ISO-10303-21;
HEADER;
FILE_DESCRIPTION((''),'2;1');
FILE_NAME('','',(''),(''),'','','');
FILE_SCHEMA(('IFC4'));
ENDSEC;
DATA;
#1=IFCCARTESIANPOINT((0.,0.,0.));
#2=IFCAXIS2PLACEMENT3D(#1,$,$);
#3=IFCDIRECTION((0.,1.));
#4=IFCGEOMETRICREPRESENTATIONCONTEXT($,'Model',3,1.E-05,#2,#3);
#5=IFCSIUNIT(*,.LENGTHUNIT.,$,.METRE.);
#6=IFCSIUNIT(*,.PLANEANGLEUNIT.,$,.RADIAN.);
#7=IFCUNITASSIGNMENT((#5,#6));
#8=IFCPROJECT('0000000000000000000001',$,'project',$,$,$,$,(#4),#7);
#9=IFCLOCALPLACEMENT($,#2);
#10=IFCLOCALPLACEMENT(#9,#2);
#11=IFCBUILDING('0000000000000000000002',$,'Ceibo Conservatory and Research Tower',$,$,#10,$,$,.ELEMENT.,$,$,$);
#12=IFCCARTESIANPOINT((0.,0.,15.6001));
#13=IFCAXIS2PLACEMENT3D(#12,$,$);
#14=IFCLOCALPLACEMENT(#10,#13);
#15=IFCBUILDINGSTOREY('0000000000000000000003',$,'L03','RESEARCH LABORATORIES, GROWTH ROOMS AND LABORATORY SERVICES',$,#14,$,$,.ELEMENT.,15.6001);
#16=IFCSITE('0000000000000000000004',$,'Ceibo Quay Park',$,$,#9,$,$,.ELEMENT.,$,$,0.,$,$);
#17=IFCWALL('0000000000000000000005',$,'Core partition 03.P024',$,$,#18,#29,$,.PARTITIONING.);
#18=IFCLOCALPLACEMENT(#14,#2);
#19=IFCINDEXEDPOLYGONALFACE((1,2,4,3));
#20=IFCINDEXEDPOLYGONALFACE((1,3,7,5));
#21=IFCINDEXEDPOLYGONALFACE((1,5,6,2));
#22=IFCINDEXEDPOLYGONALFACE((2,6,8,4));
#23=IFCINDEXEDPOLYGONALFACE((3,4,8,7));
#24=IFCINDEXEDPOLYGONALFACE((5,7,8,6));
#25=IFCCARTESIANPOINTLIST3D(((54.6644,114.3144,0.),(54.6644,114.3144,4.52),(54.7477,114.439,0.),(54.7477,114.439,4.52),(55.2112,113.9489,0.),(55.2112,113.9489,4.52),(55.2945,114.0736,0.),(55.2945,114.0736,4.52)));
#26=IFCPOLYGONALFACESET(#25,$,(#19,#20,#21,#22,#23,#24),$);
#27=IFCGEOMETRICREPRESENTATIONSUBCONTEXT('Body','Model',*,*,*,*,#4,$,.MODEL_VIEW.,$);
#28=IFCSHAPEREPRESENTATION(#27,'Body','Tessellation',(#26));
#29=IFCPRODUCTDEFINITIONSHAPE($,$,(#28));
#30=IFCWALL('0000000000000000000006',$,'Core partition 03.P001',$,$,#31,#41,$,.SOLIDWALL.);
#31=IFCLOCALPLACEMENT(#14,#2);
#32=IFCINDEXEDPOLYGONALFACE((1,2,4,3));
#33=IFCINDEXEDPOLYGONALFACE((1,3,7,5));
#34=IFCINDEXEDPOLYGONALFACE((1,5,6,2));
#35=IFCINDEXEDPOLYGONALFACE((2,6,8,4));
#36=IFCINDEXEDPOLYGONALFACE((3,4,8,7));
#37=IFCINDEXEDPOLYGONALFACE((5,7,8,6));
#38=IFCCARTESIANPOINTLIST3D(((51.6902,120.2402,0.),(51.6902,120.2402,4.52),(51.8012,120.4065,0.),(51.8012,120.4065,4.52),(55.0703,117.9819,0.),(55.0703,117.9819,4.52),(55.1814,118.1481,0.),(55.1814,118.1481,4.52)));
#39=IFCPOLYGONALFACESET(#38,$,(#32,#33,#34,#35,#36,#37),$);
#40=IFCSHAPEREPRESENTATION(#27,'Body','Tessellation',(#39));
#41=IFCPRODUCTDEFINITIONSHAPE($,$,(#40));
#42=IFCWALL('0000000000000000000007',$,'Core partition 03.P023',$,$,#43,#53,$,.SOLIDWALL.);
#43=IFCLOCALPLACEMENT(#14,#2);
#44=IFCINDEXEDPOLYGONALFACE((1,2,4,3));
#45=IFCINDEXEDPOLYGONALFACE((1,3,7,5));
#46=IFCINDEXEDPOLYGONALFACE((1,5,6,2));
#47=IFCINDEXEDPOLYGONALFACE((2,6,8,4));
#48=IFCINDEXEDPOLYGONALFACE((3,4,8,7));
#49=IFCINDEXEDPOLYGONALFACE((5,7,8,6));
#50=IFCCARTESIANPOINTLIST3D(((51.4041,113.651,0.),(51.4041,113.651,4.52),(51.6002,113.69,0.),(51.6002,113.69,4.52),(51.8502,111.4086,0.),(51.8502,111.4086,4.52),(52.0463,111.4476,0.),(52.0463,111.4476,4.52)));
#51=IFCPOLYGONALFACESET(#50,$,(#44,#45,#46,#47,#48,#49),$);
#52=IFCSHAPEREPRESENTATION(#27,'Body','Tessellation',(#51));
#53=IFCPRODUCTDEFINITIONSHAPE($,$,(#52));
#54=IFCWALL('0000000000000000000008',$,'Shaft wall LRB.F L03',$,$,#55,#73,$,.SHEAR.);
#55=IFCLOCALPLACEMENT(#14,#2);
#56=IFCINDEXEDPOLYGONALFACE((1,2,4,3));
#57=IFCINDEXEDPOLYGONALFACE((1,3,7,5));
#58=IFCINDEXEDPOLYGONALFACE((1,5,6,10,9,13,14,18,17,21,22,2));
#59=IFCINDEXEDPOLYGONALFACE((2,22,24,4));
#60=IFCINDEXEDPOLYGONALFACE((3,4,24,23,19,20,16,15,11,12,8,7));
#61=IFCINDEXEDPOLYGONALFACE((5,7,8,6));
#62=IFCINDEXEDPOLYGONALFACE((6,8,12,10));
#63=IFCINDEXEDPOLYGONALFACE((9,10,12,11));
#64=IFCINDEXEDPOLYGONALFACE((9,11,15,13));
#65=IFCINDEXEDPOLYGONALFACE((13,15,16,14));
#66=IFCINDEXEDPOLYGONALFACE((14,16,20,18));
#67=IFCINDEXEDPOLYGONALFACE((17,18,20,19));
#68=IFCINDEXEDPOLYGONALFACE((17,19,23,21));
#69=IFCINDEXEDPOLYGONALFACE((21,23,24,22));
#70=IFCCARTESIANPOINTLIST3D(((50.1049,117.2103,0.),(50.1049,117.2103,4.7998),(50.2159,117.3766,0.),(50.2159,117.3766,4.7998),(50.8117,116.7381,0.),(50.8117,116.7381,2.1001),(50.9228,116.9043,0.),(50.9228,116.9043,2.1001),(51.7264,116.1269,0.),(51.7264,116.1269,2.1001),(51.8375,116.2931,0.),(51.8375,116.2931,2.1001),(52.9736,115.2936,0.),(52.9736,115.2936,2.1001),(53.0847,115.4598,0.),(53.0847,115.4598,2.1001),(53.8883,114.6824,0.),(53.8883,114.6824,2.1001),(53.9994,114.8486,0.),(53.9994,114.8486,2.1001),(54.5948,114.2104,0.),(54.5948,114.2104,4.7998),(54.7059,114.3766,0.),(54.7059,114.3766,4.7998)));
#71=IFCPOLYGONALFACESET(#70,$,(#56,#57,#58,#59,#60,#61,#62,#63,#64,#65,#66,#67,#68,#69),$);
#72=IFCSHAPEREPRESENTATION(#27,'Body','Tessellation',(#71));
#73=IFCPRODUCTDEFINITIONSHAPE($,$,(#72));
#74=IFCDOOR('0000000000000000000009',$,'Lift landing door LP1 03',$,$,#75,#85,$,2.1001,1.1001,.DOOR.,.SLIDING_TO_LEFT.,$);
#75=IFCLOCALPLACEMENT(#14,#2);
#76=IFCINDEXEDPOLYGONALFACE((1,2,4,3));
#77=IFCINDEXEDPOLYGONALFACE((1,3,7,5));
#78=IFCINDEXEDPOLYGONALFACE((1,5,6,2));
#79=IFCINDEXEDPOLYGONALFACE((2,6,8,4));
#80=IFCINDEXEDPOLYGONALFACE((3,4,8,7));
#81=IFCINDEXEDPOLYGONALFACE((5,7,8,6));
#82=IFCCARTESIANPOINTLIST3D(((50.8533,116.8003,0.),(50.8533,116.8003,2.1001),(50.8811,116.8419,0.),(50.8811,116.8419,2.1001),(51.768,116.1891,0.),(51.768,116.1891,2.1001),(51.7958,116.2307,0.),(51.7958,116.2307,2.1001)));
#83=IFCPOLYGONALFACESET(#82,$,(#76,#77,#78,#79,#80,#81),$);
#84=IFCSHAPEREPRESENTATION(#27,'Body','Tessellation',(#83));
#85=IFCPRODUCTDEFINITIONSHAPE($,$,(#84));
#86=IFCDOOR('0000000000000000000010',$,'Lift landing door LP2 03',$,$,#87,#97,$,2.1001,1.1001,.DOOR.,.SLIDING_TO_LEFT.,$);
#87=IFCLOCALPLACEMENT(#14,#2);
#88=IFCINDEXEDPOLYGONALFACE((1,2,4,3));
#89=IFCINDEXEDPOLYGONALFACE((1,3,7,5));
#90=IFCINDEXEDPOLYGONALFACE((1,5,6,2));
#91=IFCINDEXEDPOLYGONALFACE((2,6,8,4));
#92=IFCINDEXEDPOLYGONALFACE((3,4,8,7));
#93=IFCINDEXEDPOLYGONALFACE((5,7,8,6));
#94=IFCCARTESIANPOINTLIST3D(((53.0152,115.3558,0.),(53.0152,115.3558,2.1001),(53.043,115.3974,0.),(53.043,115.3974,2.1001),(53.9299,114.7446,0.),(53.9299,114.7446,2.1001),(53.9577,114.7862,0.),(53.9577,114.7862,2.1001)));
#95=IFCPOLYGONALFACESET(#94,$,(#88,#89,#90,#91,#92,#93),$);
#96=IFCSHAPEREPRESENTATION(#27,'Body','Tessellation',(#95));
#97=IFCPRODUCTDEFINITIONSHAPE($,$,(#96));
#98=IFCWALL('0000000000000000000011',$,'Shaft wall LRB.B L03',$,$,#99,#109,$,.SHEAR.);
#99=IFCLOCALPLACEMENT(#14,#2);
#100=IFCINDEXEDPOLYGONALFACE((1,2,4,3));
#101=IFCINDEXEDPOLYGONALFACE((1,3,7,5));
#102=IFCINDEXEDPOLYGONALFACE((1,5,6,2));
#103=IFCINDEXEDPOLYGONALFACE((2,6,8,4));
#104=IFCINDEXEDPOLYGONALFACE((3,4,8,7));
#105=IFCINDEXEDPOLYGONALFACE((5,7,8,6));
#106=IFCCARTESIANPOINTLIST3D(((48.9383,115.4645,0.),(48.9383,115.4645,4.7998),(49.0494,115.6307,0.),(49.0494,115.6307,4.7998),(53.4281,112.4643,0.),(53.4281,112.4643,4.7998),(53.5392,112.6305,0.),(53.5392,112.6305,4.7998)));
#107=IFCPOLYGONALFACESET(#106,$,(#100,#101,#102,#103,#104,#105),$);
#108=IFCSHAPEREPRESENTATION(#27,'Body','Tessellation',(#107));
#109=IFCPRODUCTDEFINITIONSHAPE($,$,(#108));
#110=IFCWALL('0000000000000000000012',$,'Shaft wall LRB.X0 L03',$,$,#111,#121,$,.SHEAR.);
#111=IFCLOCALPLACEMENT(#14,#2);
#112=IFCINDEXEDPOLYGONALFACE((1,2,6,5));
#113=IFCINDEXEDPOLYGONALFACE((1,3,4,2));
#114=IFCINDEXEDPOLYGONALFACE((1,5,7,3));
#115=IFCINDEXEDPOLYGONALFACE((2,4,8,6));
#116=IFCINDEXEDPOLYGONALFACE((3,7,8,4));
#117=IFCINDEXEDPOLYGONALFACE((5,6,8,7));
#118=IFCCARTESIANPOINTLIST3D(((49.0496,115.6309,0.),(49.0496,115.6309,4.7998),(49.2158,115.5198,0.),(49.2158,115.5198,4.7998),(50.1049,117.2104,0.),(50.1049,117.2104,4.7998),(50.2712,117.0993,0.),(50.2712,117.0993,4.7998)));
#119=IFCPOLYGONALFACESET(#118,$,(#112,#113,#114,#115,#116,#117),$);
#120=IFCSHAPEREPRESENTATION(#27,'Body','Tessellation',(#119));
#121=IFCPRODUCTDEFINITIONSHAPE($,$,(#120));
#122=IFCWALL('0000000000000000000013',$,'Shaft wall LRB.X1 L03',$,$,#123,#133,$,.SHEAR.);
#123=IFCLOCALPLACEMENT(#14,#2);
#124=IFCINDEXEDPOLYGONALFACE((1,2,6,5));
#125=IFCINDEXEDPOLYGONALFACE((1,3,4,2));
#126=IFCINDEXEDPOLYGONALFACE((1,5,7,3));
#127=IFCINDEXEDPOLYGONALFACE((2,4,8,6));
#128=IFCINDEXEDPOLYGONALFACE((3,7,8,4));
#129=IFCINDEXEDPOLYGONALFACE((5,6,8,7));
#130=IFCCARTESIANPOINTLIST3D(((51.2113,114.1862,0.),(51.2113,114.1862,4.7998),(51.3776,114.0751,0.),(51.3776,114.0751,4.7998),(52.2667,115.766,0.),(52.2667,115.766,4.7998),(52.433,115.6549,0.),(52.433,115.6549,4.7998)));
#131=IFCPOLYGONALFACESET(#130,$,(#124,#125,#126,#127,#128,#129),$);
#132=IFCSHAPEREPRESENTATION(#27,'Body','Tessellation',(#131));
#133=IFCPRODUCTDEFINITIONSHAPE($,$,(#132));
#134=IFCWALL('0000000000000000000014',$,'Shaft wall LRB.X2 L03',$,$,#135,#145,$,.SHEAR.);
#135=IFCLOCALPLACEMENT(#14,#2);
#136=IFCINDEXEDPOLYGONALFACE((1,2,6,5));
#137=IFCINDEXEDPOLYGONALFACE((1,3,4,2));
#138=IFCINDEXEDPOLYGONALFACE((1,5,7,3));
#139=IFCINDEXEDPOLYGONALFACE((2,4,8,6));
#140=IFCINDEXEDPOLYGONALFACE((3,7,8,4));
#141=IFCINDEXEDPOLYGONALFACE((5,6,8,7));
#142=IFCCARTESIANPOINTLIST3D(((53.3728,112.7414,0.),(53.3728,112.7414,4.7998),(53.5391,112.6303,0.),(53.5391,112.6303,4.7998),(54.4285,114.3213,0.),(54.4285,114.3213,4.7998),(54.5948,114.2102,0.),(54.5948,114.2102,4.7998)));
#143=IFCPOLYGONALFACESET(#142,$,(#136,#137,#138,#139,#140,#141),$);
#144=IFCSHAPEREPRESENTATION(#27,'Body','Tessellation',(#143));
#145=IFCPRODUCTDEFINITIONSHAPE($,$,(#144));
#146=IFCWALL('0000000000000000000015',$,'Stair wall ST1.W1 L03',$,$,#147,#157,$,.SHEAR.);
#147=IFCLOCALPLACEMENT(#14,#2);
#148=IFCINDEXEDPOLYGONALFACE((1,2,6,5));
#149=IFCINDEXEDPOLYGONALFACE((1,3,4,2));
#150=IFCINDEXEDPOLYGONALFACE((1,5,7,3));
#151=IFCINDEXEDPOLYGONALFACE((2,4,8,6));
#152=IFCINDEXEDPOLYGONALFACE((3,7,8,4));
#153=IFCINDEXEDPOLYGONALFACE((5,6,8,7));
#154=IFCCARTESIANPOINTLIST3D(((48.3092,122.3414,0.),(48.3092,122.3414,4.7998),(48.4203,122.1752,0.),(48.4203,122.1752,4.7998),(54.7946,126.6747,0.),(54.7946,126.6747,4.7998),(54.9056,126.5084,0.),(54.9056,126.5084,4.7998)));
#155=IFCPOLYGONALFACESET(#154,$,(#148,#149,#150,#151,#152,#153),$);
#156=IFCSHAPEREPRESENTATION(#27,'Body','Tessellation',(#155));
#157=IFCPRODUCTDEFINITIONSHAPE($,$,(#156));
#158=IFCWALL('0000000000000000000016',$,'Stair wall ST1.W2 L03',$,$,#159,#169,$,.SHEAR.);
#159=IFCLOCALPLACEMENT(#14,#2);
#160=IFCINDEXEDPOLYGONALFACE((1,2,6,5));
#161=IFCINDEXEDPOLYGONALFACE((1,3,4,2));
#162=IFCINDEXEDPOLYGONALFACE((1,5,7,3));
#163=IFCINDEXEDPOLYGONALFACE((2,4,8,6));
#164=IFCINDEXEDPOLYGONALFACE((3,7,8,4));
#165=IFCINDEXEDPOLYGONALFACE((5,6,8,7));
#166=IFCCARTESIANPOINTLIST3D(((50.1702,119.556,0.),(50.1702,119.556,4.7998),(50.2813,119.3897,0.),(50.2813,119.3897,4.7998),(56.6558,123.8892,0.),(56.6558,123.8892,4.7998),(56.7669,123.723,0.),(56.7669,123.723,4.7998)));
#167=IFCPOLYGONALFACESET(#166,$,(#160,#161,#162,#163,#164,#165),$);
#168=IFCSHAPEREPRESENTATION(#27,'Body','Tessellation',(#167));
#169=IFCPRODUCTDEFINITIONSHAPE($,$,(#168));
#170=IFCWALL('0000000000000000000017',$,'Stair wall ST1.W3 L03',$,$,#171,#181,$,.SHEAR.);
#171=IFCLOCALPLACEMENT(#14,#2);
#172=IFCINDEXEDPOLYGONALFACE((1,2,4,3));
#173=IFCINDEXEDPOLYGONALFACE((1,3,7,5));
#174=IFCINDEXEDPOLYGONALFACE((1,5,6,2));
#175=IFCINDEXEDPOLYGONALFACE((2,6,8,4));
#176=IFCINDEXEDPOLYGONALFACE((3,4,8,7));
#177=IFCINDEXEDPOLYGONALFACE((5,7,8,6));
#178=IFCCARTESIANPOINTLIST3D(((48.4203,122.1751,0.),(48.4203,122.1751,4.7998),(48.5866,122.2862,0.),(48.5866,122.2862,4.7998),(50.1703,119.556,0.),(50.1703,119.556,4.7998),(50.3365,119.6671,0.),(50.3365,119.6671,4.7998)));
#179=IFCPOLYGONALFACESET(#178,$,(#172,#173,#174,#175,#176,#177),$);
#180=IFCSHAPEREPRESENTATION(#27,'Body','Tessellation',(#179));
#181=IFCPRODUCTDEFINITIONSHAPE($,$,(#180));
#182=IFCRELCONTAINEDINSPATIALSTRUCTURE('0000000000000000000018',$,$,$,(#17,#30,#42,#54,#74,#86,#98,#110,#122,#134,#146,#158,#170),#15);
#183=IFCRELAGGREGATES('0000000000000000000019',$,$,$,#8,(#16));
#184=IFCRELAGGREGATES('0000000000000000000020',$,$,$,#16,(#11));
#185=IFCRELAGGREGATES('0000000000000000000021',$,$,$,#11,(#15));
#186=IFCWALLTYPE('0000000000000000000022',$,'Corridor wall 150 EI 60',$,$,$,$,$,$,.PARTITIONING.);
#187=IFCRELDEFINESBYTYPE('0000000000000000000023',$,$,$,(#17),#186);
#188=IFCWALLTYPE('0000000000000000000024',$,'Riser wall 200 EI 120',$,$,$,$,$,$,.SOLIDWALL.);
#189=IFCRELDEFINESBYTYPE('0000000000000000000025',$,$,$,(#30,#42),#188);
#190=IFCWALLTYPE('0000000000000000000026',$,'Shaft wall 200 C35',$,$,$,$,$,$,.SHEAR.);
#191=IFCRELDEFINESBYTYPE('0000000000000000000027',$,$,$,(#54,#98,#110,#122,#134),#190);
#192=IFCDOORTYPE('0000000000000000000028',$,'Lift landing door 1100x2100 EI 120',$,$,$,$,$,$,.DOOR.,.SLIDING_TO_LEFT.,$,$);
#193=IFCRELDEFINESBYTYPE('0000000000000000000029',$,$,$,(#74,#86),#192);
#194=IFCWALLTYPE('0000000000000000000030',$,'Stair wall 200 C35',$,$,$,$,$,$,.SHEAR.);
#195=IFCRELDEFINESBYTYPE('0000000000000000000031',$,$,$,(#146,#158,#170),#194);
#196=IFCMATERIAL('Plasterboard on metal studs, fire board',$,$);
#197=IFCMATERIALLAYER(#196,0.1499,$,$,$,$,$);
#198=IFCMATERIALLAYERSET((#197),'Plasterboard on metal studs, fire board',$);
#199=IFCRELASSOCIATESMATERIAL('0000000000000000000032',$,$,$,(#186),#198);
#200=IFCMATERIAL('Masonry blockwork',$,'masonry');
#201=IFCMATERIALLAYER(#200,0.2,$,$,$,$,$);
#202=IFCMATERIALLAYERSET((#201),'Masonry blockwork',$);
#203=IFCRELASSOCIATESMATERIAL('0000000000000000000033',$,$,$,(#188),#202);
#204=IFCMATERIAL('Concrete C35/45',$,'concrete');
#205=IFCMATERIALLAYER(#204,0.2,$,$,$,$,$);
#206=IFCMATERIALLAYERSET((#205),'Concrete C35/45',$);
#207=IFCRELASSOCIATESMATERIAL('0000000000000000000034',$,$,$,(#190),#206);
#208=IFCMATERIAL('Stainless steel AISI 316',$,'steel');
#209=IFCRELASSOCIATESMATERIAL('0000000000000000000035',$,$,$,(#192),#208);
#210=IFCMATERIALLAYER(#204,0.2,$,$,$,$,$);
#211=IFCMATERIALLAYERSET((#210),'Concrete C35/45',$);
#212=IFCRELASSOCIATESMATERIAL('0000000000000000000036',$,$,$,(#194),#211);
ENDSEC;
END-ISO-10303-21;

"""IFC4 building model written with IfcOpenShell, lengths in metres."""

from ifc_helpers import new_model, si_unit, direction, frame, frame_2d, origin, place, context, subcontext, project, spatial, rectangle, extrude, material, layer, layer_set, type_object, element, fill, save


model = new_model("IFC4")

# Units and contexts
model_context = context("Model", 3, precision=1e-05, world=origin(), true_north=direction((0.0, 1.0)))
body_context = subcontext(model_context, "Body", "Model", "MODEL_VIEW")
ifc_project = project(units=[si_unit("LENGTHUNIT", "METRE"), si_unit("PLANEANGLEUNIT", "RADIAN")], contexts=[model_context])

# Site, building, storey
site_placement = place(None, origin())
site = spatial("IfcSite", under=ifc_project, at=site_placement, Name="Ceibo Quay Park", CompositionType="ELEMENT", RefElevation=0.0)
building_placement = place(site_placement, origin())
building = spatial("IfcBuilding", under=site, at=building_placement, Name="Ceibo Conservatory and Research Tower", CompositionType="ELEMENT")
storey_placement = place(building_placement, frame((0.0, 0.0, 15.6001)))
storey = spatial("IfcBuildingStorey", under=building, at=storey_placement, Name="L03", Description="RESEARCH LABORATORIES, GROWTH ROOMS AND LABORATORY SERVICES", CompositionType="ELEMENT", Elevation=15.6001)

# Shared definitions
ifc_material_1 = material(Name="Concrete C35/45", Category="concrete")

# Walls
ifc_material_2 = material(Name="Plasterboard on metal studs, fire board")
ifc_layer_1 = layer(ifc_material_2, 0.1499)
ifc_layer_set_1 = layer_set([ifc_layer_1], Name="Plasterboard on metal studs, fire board")
wall_type_1 = type_object("IfcWallType", Name="Corridor wall 150 EI 60", PredefinedType="PARTITIONING", material=ifc_layer_set_1)
wall_1_placement = place(storey_placement, frame((54.7061, 114.3767, 0.0), z_axis=(0.0, 0.0, 1.0), x_axis=(0.831422, -0.555642, 0.0)))
element("IfcWall", 1, at=wall_1_placement, inside=storey, type_object=wall_type_1, Name="Core partition 03.P024", PredefinedType="PARTITIONING", context=body_context, shape_type="SweptSolid", body=[
    extrude(rectangle(XDim=0.6577, YDim=0.1499, at=frame_2d((0.3289, 0.0))), origin(), (0.0, 0.0, 1.0), 4.52),
])
ifc_material_3 = material(Name="Masonry blockwork", Category="masonry")
ifc_layer_2 = layer(ifc_material_3, 0.2)
ifc_layer_set_2 = layer_set([ifc_layer_2], Name="Masonry blockwork")
wall_type_2 = type_object("IfcWallType", Name="Riser wall 200 EI 120", PredefinedType="SOLIDWALL", material=ifc_layer_set_2)
wall_2_placement = place(storey_placement, frame((55.126, 118.0649, 0.0), z_axis=(0.0, 0.0, 1.0), x_axis=(-0.831496, 0.555531, 0.0)))
element("IfcWall", 2, at=wall_2_placement, inside=storey, type_object=wall_type_2, Name="Core partition 03.P001", PredefinedType="SOLIDWALL", context=body_context, shape_type="SweptSolid", body=[
    extrude(rectangle(XDim=4.0652, YDim=0.2, at=frame_2d((2.0327, 0.0))), origin(), (0.0, 0.0, 1.0), 4.52),
])
wall_3_placement = place(storey_placement, frame((51.5022, 113.6704, 0.0), z_axis=(0.0, 0.0, 1.0), x_axis=(0.195089, -0.980785, 0.0)))
element("IfcWall", 3, at=wall_3_placement, inside=storey, type_object=wall_type_2, Name="Core partition 03.P023", PredefinedType="SOLIDWALL", context=body_context, shape_type="SweptSolid", body=[
    extrude(rectangle(XDim=2.2864, YDim=0.2, at=frame_2d((1.1431, 0.0))), origin(), (0.0, 0.0, 1.0), 4.52),
])

# Wall, openings, doors
ifc_layer_3 = layer(ifc_material_1, 0.2)
ifc_layer_set_3 = layer_set([ifc_layer_3], Name="Concrete C35/45")
wall_type_3 = type_object("IfcWallType", Name="Shaft wall 200 C35", PredefinedType="SHEAR", material=ifc_layer_set_3)
wall_4_placement = place(storey_placement, frame((50.1604, 117.2935, 0.0), z_axis=(0.0, 0.0, 1.0), x_axis=(0.831479, -0.555555, 0.0)))
wall_4 = element("IfcWall", 4, at=wall_4_placement, inside=storey, type_object=wall_type_3, Name="Shaft wall LRB.F L03", PredefinedType="SHEAR", context=body_context, shape_type="SweptSolid", body=[
    extrude(rectangle(XDim=5.3999, YDim=0.2, at=frame_2d((2.7, 0.0))), origin(), (0.0, 0.0, 1.0), 4.7998),
])
opening_1_placement = place(wall_4_placement, frame((0.8501, 0.0, 0.0)))
opening_1 = element("IfcOpeningElement", 5, at=opening_1_placement, cuts=wall_4, PredefinedType="OPENING", context=body_context, shape_type="SweptSolid", body=[
    extrude(rectangle(XDim=1.1001, YDim=2.1001, at=frame_2d((0.55, 1.05))), frame((0.0, 0.1099, 0.0), z_axis=(0.0, -1.0, 0.0), x_axis=(1.0, 0.0, 0.0)), (0.0, 0.0, 1.0), 0.22),
])
opening_2_placement = place(wall_4_placement, frame((3.4502, 0.0, 0.0)))
opening_2 = element("IfcOpeningElement", 6, at=opening_2_placement, cuts=wall_4, PredefinedType="OPENING", context=body_context, shape_type="SweptSolid", body=[
    extrude(rectangle(XDim=1.1001, YDim=2.1001, at=frame_2d((0.55, 1.05))), frame((0.0, 0.1099, 0.0), z_axis=(0.0, -1.0, 0.0), x_axis=(1.0, 0.0, 0.0)), (0.0, 0.0, 1.0), 0.22),
])
ifc_material_4 = material(Name="Stainless steel AISI 316", Category="steel")
door_type_1 = type_object("IfcDoorType", Name="Lift landing door 1100x2100 EI 120", OperationType="SLIDING_TO_LEFT", PredefinedType="DOOR", material=ifc_material_4)
door_1_placement = place(opening_1_placement, origin())
door_1 = element("IfcDoor", 7, at=door_1_placement, inside=storey, type_object=door_type_1, Name="Lift landing door LP1 03", OperationType="SLIDING_TO_LEFT", OverallHeight=2.1001, OverallWidth=1.1001, PredefinedType="DOOR", context=body_context, shape_type="SweptSolid", body=[
    extrude(rectangle(XDim=1.1001, YDim=2.1001, at=frame_2d((0.55, 1.05))), frame((0.0, 0.0249, 0.0), z_axis=(0.0, -1.0, 0.0), x_axis=(1.0, 0.0, 0.0)), (0.0, 0.0, 1.0), 0.05),
])
fill(opening_1, door_1)
door_2_placement = place(opening_2_placement, origin())
door_2 = element("IfcDoor", 8, at=door_2_placement, inside=storey, type_object=door_type_1, Name="Lift landing door LP2 03", OperationType="SLIDING_TO_LEFT", OverallHeight=2.1001, OverallWidth=1.1001, PredefinedType="DOOR", context=body_context, shape_type="SweptSolid", body=[
    extrude(rectangle(XDim=1.1001, YDim=2.1001, at=frame_2d((0.55, 1.05))), frame((0.0, 0.0249, 0.0), z_axis=(0.0, -1.0, 0.0), x_axis=(1.0, 0.0, 0.0)), (0.0, 0.0, 1.0), 0.05),
])
fill(opening_2, door_2)

# Walls
wall_5_placement = place(storey_placement, frame((48.9939, 115.5476, 0.0), z_axis=(0.0, 0.0, 1.0), x_axis=(0.831445, -0.555608, 0.0)))
element("IfcWall", 9, at=wall_5_placement, inside=storey, type_object=wall_type_3, Name="Shaft wall LRB.B L03", PredefinedType="SHEAR", context=body_context, shape_type="SweptSolid", body=[
    extrude(rectangle(XDim=5.3999, YDim=0.2, at=frame_2d((2.7, 0.0))), origin(), (0.0, 0.0, 1.0), 4.7998),
])
wall_6_placement = place(storey_placement, frame((50.188, 117.1548, 0.0), z_axis=(0.0, 0.0, 1.0), x_axis=(-0.55556, -0.831476, 0.0)))
element("IfcWall", 10, at=wall_6_placement, inside=storey, type_object=wall_type_3, Name="Shaft wall LRB.X0 L03", PredefinedType="SHEAR", context=body_context, shape_type="SweptSolid", body=[
    extrude(rectangle(XDim=1.8997, YDim=0.2, at=frame_2d((0.9497, 0.0))), origin(), (0.0, 0.0, 1.0), 4.7998),
])
wall_7_placement = place(storey_placement, frame((52.3499, 115.7104, 0.0), z_axis=(0.0, 0.0, 1.0), x_axis=(-0.555501, -0.831516, 0.0)))
element("IfcWall", 11, at=wall_7_placement, inside=storey, type_object=wall_type_3, Name="Shaft wall LRB.X1 L03", PredefinedType="SHEAR", context=body_context, shape_type="SweptSolid", body=[
    extrude(rectangle(XDim=1.8999, YDim=0.2, at=frame_2d((0.95, 0.0))), origin(), (0.0, 0.0, 1.0), 4.7998),
])
wall_8_placement = place(storey_placement, frame((54.5117, 114.2659, 0.0), z_axis=(0.0, 0.0, 1.0), x_axis=(-0.555589, -0.831457, 0.0)))
element("IfcWall", 12, at=wall_8_placement, inside=storey, type_object=wall_type_3, Name="Shaft wall LRB.X2 L03", PredefinedType="SHEAR", context=body_context, shape_type="SweptSolid", body=[
    extrude(rectangle(XDim=1.9001, YDim=0.2, at=frame_2d((0.9502, 0.0))), origin(), (0.0, 0.0, 1.0), 4.7998),
])
ifc_layer_4 = layer(ifc_material_1, 0.2)
ifc_layer_set_4 = layer_set([ifc_layer_4], Name="Concrete C35/45")
wall_type_4 = type_object("IfcWallType", Name="Stair wall 200 C35", PredefinedType="SHEAR", material=ifc_layer_set_4)
wall_9_placement = place(storey_placement, frame((48.3647, 122.2583, 0.0), z_axis=(0.0, 0.0, 1.0), x_axis=(0.831477, 0.555559, 0.0)))
element("IfcWall", 13, at=wall_9_placement, inside=storey, type_object=wall_type_4, Name="Stair wall ST1.W1 L03", PredefinedType="SHEAR", context=body_context, shape_type="SweptSolid", body=[
    extrude(rectangle(XDim=7.7998, YDim=0.2, at=frame_2d((3.8999, 0.0))), origin(), (0.0, 0.0, 1.0), 4.7998),
])
wall_10_placement = place(storey_placement, frame((50.2258, 119.4729, 0.0), z_axis=(0.0, 0.0, 1.0), x_axis=(0.831486, 0.555545, 0.0)))
element("IfcWall", 14, at=wall_10_placement, inside=storey, type_object=wall_type_4, Name="Stair wall ST1.W2 L03", PredefinedType="SHEAR", context=body_context, shape_type="SweptSolid", body=[
    extrude(rectangle(XDim=7.8, YDim=0.2, at=frame_2d((3.8999, 0.0))), origin(), (0.0, 0.0, 1.0), 4.7998),
])
wall_11_placement = place(storey_placement, frame((50.2534, 119.6116, 0.0), z_axis=(0.0, 0.0, 1.0), x_axis=(-0.555558, 0.831478, 0.0)))
element("IfcWall", 15, at=wall_11_placement, inside=storey, type_object=wall_type_4, Name="Stair wall ST1.W3 L03", PredefinedType="SHEAR", context=body_context, shape_type="SweptSolid", body=[
    extrude(rectangle(XDim=3.1499, YDim=0.2, at=frame_2d((1.575, 0.0))), origin(), (0.0, 0.0, 1.0), 4.7998),
])

save(model, "model.ifc")
